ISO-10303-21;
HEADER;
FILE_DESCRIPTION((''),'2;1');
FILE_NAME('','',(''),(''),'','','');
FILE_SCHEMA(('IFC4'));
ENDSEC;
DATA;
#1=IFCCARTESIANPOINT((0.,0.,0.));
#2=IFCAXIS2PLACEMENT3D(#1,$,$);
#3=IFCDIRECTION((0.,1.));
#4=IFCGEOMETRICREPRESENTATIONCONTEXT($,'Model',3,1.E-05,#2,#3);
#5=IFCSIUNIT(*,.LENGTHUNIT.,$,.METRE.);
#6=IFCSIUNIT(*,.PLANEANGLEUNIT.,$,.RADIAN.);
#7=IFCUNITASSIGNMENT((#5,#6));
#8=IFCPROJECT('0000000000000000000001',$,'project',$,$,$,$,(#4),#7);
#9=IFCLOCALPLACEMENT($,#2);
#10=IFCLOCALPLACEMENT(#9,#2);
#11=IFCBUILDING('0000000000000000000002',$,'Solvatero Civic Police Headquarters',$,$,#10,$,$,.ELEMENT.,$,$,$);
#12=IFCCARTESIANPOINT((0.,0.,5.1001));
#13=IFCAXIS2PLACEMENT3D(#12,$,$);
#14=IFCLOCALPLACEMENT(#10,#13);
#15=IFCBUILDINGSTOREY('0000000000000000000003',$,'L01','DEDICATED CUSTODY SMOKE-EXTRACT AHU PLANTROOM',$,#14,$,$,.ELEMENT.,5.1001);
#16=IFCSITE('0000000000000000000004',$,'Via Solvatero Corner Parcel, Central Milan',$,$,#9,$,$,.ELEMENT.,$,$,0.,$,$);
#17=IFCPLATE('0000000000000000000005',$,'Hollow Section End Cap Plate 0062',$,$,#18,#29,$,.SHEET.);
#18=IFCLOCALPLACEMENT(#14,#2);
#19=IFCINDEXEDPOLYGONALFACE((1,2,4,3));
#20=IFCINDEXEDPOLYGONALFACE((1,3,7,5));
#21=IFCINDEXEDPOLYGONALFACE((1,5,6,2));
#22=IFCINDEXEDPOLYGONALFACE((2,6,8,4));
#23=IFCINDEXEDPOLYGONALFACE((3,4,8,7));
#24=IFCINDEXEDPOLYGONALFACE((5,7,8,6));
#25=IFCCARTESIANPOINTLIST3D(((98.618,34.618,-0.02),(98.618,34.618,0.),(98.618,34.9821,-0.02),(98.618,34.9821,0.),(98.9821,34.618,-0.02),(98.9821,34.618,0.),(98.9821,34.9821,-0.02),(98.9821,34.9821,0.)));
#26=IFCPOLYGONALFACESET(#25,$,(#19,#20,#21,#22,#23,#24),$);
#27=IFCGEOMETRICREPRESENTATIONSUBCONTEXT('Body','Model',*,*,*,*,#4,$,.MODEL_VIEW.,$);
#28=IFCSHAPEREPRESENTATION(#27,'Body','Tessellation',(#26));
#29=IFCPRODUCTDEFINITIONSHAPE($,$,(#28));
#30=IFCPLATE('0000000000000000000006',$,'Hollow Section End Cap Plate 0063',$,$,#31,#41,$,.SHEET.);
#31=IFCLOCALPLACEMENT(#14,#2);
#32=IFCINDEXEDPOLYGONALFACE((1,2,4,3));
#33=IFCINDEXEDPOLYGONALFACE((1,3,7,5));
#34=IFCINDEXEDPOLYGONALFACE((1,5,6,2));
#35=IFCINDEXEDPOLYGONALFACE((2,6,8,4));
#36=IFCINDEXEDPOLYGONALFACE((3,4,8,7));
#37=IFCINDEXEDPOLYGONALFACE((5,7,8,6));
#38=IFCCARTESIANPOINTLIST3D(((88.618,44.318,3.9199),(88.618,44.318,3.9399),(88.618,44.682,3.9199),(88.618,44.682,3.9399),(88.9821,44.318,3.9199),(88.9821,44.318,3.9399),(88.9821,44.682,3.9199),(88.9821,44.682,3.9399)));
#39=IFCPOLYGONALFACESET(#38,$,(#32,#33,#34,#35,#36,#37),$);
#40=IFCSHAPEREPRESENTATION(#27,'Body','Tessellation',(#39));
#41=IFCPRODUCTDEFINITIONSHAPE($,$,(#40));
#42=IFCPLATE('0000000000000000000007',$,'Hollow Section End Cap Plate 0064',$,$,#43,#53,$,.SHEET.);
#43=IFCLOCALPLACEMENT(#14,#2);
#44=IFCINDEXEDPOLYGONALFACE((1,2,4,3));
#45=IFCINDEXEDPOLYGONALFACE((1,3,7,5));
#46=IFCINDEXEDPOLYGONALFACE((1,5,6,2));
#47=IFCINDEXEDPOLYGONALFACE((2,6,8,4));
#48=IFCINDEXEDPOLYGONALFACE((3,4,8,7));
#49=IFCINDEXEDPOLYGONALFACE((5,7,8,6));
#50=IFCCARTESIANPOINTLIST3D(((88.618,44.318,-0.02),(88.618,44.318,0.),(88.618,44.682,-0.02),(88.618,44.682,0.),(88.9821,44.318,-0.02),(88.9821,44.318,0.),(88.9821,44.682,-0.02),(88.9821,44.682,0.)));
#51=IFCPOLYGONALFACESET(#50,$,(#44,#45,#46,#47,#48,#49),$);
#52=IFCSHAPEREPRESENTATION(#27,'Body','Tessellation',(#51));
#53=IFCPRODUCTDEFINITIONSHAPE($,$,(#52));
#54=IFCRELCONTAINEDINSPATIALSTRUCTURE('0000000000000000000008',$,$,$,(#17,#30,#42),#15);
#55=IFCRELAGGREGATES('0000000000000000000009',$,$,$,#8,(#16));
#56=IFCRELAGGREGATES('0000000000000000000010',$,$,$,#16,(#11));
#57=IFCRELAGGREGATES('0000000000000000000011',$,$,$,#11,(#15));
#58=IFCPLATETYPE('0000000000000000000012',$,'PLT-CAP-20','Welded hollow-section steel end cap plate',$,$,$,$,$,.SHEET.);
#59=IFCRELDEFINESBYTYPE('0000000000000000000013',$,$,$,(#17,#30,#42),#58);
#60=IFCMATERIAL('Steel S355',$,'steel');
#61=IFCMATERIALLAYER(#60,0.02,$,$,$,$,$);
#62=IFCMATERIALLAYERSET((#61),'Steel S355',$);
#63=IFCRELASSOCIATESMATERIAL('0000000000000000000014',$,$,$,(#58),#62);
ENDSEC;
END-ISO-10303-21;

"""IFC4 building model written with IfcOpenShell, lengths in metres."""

from ifc_helpers import new_model, si_unit, direction, frame, origin, origin_2d, place, context, subcontext, project, spatial, rectangle, extrude, material, layer, layer_set, type_object, element, save


model = new_model("IFC4")

# Units and contexts
model_context = context("Model", 3, precision=1e-05, world=origin(), true_north=direction((0.0, 1.0)))
body_context = subcontext(model_context, "Body", "Model", "MODEL_VIEW")
ifc_project = project(units=[si_unit("LENGTHUNIT", "METRE"), si_unit("PLANEANGLEUNIT", "RADIAN")], contexts=[model_context])

# Site, building, storey
site_placement = place(None, origin())
site = spatial("IfcSite", under=ifc_project, at=site_placement, Name="Via Solvatero Corner Parcel, Central Milan", CompositionType="ELEMENT", RefElevation=0.0)
building_placement = place(site_placement, origin())
building = spatial("IfcBuilding", under=site, at=building_placement, Name="Solvatero Civic Police Headquarters", CompositionType="ELEMENT")
storey_placement = place(building_placement, frame((0.0, 0.0, 5.1001)))
storey = spatial("IfcBuildingStorey", under=building, at=storey_placement, Name="L01", Description="DEDICATED CUSTODY SMOKE-EXTRACT AHU PLANTROOM", CompositionType="ELEMENT", Elevation=5.1001)

# Shared definitions
ifc_material_1 = material(Name="Steel S355", Category="steel")

# Plates
ifc_layer_1 = layer(ifc_material_1, 0.02)
ifc_layer_set_1 = layer_set([ifc_layer_1], Name="Steel S355")
plate_type_1 = type_object("IfcPlateType", Name="PLT-CAP-20", Description="Welded hollow-section steel end cap plate", PredefinedType="SHEET", material=ifc_layer_set_1)
for number, where, z_axis, x_axis, name in (
    (1, (98.8, 34.8, -0.02), (0.0, 0.0, 1.0), (1.0, 0.0, 0.0), "Hollow Section End Cap Plate 0062"),
    (2, (88.8, 44.5, 3.9199), (0.0, 0.0, 1.0), (1.0, 0.0, 0.0), "Hollow Section End Cap Plate 0063"),
    (3, (88.8, 44.5, -0.02), (0.0, 0.0, 1.0), (1.0, 0.0, 0.0), "Hollow Section End Cap Plate 0064"),
):
    element("IfcPlate", number, at=place(storey_placement, frame(where, z_axis=z_axis, x_axis=x_axis)), inside=storey, type_object=plate_type_1, Name=name, PredefinedType="SHEET", context=body_context, shape_type="SweptSolid", body=[
        extrude(rectangle(XDim=0.364, YDim=0.364, at=origin_2d()), origin(), (0.0, 0.0, 1.0), 0.02),
    ])

save(model, "model.ifc")
